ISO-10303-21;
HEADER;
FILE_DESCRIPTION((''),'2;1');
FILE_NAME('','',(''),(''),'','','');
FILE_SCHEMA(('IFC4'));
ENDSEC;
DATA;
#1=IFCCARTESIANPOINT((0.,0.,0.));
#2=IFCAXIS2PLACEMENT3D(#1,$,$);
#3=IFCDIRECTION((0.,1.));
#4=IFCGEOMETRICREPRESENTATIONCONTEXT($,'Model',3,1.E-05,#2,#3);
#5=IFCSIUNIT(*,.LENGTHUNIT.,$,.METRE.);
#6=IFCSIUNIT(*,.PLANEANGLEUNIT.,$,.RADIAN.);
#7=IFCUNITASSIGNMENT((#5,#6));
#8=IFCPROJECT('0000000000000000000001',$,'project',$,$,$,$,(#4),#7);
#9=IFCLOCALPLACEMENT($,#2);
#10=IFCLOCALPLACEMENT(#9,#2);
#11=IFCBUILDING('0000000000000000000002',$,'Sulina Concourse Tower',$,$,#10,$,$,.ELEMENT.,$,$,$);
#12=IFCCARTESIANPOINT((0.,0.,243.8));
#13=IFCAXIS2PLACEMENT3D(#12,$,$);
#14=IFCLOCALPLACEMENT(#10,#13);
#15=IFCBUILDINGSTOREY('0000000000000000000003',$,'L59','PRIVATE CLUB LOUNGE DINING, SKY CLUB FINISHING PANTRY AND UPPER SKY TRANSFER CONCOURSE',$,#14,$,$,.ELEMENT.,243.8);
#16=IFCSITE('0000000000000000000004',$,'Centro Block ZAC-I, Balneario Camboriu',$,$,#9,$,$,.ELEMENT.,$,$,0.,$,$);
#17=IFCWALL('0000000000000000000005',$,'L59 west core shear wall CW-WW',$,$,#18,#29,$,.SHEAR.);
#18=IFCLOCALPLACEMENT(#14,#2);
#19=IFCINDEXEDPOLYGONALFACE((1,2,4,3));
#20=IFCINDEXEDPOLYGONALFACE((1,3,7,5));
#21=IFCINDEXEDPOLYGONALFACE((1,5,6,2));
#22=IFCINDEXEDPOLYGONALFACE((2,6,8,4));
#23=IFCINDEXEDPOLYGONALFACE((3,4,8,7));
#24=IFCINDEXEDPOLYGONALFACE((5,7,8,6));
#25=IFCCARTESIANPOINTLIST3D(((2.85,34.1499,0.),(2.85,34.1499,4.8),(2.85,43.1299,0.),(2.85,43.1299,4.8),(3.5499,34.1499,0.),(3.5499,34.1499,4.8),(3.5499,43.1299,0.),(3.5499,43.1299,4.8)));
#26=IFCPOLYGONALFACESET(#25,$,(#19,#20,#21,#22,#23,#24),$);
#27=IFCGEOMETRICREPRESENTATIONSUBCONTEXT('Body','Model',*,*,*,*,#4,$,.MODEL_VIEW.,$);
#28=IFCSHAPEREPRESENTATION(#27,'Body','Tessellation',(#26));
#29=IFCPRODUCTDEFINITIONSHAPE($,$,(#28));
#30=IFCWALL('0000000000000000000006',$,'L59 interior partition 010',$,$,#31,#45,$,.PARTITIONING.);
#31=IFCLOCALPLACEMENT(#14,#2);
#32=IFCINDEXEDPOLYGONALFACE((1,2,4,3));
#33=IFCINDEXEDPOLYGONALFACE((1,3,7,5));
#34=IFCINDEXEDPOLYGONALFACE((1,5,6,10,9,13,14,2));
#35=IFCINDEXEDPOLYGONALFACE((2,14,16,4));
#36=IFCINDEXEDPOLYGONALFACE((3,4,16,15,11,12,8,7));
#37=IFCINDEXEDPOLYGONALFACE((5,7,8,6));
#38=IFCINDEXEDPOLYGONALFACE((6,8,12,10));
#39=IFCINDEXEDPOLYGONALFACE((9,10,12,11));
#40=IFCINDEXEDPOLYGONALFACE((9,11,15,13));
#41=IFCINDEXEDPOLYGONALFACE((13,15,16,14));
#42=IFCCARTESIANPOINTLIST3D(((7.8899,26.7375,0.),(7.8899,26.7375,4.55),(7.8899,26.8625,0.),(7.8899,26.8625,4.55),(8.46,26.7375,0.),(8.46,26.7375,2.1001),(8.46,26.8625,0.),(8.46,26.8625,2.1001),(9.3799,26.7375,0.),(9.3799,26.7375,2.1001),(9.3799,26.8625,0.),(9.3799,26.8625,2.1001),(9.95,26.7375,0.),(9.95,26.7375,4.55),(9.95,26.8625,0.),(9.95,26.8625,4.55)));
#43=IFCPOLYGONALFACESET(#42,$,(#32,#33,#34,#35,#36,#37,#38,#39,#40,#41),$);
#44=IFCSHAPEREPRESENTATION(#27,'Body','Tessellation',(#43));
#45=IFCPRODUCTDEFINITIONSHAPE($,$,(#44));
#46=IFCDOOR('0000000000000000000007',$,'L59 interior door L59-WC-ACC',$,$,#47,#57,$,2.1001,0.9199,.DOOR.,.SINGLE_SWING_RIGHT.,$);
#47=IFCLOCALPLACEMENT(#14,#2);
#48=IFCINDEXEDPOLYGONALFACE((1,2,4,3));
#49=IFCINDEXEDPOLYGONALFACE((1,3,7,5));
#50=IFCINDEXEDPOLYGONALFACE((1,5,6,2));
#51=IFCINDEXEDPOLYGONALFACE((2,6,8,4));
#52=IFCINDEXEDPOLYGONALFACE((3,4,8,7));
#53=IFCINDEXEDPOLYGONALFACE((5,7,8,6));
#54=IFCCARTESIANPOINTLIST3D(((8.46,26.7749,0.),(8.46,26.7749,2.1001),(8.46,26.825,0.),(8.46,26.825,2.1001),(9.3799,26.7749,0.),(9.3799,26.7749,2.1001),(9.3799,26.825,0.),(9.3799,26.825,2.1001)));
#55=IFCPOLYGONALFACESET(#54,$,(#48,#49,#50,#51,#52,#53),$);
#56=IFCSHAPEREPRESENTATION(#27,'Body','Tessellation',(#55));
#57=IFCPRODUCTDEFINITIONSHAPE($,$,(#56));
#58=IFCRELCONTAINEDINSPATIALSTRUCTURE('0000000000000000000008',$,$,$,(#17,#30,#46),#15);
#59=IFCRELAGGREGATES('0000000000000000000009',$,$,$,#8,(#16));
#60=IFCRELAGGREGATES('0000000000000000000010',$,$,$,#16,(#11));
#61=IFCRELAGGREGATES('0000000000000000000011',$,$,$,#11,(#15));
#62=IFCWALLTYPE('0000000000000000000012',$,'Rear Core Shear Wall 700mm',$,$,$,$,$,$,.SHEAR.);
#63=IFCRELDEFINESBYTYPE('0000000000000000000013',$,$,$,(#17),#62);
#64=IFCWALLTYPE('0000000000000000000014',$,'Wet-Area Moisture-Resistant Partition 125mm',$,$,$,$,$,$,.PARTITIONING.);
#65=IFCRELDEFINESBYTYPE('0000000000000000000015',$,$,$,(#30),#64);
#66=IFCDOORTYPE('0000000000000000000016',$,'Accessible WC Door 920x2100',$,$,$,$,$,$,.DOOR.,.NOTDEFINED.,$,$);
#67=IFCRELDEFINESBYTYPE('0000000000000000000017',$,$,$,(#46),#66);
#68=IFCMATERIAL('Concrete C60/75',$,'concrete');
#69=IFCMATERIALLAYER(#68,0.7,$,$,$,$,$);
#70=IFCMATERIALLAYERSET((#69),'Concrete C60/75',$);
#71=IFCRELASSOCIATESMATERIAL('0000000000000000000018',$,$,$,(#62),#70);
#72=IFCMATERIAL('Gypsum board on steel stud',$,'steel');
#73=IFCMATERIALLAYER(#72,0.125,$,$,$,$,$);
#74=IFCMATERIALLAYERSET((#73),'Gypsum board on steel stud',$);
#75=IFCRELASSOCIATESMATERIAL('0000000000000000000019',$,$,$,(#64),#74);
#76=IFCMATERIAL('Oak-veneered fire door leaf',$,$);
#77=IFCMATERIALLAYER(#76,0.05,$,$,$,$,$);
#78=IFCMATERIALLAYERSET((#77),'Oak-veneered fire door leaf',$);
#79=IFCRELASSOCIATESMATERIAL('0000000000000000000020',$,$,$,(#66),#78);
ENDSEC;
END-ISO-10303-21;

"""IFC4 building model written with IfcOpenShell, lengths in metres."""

from ifc_helpers import new_model, si_unit, direction, frame, frame_2d, origin, place, context, subcontext, project, spatial, rectangle, extrude, material, layer, layer_set, type_object, element, fill, save


model = new_model("IFC4")

# Units and contexts
model_context = context("Model", 3, precision=1e-05, world=origin(), true_north=direction((0.0, 1.0)))
body_context = subcontext(model_context, "Body", "Model", "MODEL_VIEW")
ifc_project = project(units=[si_unit("LENGTHUNIT", "METRE"), si_unit("PLANEANGLEUNIT", "RADIAN")], contexts=[model_context])

# Site, building, storey
site_placement = place(None, origin())
site = spatial("IfcSite", under=ifc_project, at=site_placement, Name="Centro Block ZAC-I, Balneario Camboriu", CompositionType="ELEMENT", RefElevation=0.0)
building_placement = place(site_placement, origin())
building = spatial("IfcBuilding", under=site, at=building_placement, Name="Sulina Concourse Tower", CompositionType="ELEMENT")
storey_placement = place(building_placement, frame((0.0, 0.0, 243.8)))
storey = spatial("IfcBuildingStorey", under=building, at=storey_placement, Name="L59", Description="PRIVATE CLUB LOUNGE DINING, SKY CLUB FINISHING PANTRY AND UPPER SKY TRANSFER CONCOURSE", CompositionType="ELEMENT", Elevation=243.8)

# Wall
ifc_material_1 = material(Name="Concrete C60/75", Category="concrete")
ifc_layer_1 = layer(ifc_material_1, 0.7)
ifc_layer_set_1 = layer_set([ifc_layer_1], Name="Concrete C60/75")
wall_type_1 = type_object("IfcWallType", Name="Rear Core Shear Wall 700mm", PredefinedType="SHEAR", material=ifc_layer_set_1)
wall_1_placement = place(storey_placement, frame((3.2, 34.1499, 0.0), z_axis=(0.0, 0.0, 1.0), x_axis=(0.0, 1.0, 0.0)))
element("IfcWall", 1, at=wall_1_placement, inside=storey, type_object=wall_type_1, Name="L59 west core shear wall CW-WW", PredefinedType="SHEAR", context=body_context, shape_type="SweptSolid", body=[
    extrude(rectangle(XDim=8.98, YDim=0.7, at=frame_2d((4.49, 0.0))), origin(), (0.0, 0.0, 1.0), 4.8),
])

# Wall, opening, door
ifc_material_2 = material(Name="Gypsum board on steel stud", Category="steel")
ifc_layer_2 = layer(ifc_material_2, 0.125)
ifc_layer_set_2 = layer_set([ifc_layer_2], Name="Gypsum board on steel stud")
wall_type_2 = type_object("IfcWallType", Name="Wet-Area Moisture-Resistant Partition 125mm", PredefinedType="PARTITIONING", material=ifc_layer_set_2)
wall_2_placement = place(storey_placement, frame((7.8899, 26.8, 0.0), z_axis=(0.0, 0.0, 1.0), x_axis=(1.0, 0.0, 0.0)))
wall_2 = element("IfcWall", 2, at=wall_2_placement, inside=storey, type_object=wall_type_2, Name="L59 interior partition 010", PredefinedType="PARTITIONING", context=body_context, shape_type="SweptSolid", body=[
    extrude(rectangle(XDim=2.0601, YDim=0.125, at=frame_2d((1.03, 0.0))), origin(), (0.0, 0.0, 1.0), 4.55),
])
opening_1_placement = place(wall_2_placement, frame((0.5701, 0.0, 0.0)))
opening_1 = element("IfcOpeningElement", 3, at=opening_1_placement, cuts=wall_2, PredefinedType="OPENING", context=body_context, shape_type="SweptSolid", body=[
    extrude(rectangle(XDim=0.9199, YDim=2.1001, at=frame_2d((0.46, 1.05))), frame((0.0, 0.0725, 0.0), z_axis=(0.0, -1.0, 0.0), x_axis=(1.0, 0.0, 0.0)), (0.0, 0.0, 1.0), 0.145),
])
ifc_material_3 = material(Name="Oak-veneered fire door leaf")
ifc_layer_3 = layer(ifc_material_3, 0.05)
ifc_layer_set_3 = layer_set([ifc_layer_3], Name="Oak-veneered fire door leaf")
door_type_1 = type_object("IfcDoorType", Name="Accessible WC Door 920x2100", OperationType="NOTDEFINED", PredefinedType="DOOR", material=ifc_layer_set_3)
door_1_placement = place(opening_1_placement, origin())
door_1 = element("IfcDoor", 4, at=door_1_placement, inside=storey, type_object=door_type_1, Name="L59 interior door L59-WC-ACC", OperationType="SINGLE_SWING_RIGHT", OverallHeight=2.1001, OverallWidth=0.9199, PredefinedType="DOOR", context=body_context, shape_type="SweptSolid", body=[
    extrude(rectangle(XDim=0.9199, YDim=2.1001, at=frame_2d((0.46, 1.05))), frame((0.0, 0.0249, 0.0), z_axis=(0.0, -1.0, 0.0), x_axis=(1.0, 0.0, 0.0)), (0.0, 0.0, 1.0), 0.05),
])
fill(opening_1, door_1)

save(model, "model.ifc")
